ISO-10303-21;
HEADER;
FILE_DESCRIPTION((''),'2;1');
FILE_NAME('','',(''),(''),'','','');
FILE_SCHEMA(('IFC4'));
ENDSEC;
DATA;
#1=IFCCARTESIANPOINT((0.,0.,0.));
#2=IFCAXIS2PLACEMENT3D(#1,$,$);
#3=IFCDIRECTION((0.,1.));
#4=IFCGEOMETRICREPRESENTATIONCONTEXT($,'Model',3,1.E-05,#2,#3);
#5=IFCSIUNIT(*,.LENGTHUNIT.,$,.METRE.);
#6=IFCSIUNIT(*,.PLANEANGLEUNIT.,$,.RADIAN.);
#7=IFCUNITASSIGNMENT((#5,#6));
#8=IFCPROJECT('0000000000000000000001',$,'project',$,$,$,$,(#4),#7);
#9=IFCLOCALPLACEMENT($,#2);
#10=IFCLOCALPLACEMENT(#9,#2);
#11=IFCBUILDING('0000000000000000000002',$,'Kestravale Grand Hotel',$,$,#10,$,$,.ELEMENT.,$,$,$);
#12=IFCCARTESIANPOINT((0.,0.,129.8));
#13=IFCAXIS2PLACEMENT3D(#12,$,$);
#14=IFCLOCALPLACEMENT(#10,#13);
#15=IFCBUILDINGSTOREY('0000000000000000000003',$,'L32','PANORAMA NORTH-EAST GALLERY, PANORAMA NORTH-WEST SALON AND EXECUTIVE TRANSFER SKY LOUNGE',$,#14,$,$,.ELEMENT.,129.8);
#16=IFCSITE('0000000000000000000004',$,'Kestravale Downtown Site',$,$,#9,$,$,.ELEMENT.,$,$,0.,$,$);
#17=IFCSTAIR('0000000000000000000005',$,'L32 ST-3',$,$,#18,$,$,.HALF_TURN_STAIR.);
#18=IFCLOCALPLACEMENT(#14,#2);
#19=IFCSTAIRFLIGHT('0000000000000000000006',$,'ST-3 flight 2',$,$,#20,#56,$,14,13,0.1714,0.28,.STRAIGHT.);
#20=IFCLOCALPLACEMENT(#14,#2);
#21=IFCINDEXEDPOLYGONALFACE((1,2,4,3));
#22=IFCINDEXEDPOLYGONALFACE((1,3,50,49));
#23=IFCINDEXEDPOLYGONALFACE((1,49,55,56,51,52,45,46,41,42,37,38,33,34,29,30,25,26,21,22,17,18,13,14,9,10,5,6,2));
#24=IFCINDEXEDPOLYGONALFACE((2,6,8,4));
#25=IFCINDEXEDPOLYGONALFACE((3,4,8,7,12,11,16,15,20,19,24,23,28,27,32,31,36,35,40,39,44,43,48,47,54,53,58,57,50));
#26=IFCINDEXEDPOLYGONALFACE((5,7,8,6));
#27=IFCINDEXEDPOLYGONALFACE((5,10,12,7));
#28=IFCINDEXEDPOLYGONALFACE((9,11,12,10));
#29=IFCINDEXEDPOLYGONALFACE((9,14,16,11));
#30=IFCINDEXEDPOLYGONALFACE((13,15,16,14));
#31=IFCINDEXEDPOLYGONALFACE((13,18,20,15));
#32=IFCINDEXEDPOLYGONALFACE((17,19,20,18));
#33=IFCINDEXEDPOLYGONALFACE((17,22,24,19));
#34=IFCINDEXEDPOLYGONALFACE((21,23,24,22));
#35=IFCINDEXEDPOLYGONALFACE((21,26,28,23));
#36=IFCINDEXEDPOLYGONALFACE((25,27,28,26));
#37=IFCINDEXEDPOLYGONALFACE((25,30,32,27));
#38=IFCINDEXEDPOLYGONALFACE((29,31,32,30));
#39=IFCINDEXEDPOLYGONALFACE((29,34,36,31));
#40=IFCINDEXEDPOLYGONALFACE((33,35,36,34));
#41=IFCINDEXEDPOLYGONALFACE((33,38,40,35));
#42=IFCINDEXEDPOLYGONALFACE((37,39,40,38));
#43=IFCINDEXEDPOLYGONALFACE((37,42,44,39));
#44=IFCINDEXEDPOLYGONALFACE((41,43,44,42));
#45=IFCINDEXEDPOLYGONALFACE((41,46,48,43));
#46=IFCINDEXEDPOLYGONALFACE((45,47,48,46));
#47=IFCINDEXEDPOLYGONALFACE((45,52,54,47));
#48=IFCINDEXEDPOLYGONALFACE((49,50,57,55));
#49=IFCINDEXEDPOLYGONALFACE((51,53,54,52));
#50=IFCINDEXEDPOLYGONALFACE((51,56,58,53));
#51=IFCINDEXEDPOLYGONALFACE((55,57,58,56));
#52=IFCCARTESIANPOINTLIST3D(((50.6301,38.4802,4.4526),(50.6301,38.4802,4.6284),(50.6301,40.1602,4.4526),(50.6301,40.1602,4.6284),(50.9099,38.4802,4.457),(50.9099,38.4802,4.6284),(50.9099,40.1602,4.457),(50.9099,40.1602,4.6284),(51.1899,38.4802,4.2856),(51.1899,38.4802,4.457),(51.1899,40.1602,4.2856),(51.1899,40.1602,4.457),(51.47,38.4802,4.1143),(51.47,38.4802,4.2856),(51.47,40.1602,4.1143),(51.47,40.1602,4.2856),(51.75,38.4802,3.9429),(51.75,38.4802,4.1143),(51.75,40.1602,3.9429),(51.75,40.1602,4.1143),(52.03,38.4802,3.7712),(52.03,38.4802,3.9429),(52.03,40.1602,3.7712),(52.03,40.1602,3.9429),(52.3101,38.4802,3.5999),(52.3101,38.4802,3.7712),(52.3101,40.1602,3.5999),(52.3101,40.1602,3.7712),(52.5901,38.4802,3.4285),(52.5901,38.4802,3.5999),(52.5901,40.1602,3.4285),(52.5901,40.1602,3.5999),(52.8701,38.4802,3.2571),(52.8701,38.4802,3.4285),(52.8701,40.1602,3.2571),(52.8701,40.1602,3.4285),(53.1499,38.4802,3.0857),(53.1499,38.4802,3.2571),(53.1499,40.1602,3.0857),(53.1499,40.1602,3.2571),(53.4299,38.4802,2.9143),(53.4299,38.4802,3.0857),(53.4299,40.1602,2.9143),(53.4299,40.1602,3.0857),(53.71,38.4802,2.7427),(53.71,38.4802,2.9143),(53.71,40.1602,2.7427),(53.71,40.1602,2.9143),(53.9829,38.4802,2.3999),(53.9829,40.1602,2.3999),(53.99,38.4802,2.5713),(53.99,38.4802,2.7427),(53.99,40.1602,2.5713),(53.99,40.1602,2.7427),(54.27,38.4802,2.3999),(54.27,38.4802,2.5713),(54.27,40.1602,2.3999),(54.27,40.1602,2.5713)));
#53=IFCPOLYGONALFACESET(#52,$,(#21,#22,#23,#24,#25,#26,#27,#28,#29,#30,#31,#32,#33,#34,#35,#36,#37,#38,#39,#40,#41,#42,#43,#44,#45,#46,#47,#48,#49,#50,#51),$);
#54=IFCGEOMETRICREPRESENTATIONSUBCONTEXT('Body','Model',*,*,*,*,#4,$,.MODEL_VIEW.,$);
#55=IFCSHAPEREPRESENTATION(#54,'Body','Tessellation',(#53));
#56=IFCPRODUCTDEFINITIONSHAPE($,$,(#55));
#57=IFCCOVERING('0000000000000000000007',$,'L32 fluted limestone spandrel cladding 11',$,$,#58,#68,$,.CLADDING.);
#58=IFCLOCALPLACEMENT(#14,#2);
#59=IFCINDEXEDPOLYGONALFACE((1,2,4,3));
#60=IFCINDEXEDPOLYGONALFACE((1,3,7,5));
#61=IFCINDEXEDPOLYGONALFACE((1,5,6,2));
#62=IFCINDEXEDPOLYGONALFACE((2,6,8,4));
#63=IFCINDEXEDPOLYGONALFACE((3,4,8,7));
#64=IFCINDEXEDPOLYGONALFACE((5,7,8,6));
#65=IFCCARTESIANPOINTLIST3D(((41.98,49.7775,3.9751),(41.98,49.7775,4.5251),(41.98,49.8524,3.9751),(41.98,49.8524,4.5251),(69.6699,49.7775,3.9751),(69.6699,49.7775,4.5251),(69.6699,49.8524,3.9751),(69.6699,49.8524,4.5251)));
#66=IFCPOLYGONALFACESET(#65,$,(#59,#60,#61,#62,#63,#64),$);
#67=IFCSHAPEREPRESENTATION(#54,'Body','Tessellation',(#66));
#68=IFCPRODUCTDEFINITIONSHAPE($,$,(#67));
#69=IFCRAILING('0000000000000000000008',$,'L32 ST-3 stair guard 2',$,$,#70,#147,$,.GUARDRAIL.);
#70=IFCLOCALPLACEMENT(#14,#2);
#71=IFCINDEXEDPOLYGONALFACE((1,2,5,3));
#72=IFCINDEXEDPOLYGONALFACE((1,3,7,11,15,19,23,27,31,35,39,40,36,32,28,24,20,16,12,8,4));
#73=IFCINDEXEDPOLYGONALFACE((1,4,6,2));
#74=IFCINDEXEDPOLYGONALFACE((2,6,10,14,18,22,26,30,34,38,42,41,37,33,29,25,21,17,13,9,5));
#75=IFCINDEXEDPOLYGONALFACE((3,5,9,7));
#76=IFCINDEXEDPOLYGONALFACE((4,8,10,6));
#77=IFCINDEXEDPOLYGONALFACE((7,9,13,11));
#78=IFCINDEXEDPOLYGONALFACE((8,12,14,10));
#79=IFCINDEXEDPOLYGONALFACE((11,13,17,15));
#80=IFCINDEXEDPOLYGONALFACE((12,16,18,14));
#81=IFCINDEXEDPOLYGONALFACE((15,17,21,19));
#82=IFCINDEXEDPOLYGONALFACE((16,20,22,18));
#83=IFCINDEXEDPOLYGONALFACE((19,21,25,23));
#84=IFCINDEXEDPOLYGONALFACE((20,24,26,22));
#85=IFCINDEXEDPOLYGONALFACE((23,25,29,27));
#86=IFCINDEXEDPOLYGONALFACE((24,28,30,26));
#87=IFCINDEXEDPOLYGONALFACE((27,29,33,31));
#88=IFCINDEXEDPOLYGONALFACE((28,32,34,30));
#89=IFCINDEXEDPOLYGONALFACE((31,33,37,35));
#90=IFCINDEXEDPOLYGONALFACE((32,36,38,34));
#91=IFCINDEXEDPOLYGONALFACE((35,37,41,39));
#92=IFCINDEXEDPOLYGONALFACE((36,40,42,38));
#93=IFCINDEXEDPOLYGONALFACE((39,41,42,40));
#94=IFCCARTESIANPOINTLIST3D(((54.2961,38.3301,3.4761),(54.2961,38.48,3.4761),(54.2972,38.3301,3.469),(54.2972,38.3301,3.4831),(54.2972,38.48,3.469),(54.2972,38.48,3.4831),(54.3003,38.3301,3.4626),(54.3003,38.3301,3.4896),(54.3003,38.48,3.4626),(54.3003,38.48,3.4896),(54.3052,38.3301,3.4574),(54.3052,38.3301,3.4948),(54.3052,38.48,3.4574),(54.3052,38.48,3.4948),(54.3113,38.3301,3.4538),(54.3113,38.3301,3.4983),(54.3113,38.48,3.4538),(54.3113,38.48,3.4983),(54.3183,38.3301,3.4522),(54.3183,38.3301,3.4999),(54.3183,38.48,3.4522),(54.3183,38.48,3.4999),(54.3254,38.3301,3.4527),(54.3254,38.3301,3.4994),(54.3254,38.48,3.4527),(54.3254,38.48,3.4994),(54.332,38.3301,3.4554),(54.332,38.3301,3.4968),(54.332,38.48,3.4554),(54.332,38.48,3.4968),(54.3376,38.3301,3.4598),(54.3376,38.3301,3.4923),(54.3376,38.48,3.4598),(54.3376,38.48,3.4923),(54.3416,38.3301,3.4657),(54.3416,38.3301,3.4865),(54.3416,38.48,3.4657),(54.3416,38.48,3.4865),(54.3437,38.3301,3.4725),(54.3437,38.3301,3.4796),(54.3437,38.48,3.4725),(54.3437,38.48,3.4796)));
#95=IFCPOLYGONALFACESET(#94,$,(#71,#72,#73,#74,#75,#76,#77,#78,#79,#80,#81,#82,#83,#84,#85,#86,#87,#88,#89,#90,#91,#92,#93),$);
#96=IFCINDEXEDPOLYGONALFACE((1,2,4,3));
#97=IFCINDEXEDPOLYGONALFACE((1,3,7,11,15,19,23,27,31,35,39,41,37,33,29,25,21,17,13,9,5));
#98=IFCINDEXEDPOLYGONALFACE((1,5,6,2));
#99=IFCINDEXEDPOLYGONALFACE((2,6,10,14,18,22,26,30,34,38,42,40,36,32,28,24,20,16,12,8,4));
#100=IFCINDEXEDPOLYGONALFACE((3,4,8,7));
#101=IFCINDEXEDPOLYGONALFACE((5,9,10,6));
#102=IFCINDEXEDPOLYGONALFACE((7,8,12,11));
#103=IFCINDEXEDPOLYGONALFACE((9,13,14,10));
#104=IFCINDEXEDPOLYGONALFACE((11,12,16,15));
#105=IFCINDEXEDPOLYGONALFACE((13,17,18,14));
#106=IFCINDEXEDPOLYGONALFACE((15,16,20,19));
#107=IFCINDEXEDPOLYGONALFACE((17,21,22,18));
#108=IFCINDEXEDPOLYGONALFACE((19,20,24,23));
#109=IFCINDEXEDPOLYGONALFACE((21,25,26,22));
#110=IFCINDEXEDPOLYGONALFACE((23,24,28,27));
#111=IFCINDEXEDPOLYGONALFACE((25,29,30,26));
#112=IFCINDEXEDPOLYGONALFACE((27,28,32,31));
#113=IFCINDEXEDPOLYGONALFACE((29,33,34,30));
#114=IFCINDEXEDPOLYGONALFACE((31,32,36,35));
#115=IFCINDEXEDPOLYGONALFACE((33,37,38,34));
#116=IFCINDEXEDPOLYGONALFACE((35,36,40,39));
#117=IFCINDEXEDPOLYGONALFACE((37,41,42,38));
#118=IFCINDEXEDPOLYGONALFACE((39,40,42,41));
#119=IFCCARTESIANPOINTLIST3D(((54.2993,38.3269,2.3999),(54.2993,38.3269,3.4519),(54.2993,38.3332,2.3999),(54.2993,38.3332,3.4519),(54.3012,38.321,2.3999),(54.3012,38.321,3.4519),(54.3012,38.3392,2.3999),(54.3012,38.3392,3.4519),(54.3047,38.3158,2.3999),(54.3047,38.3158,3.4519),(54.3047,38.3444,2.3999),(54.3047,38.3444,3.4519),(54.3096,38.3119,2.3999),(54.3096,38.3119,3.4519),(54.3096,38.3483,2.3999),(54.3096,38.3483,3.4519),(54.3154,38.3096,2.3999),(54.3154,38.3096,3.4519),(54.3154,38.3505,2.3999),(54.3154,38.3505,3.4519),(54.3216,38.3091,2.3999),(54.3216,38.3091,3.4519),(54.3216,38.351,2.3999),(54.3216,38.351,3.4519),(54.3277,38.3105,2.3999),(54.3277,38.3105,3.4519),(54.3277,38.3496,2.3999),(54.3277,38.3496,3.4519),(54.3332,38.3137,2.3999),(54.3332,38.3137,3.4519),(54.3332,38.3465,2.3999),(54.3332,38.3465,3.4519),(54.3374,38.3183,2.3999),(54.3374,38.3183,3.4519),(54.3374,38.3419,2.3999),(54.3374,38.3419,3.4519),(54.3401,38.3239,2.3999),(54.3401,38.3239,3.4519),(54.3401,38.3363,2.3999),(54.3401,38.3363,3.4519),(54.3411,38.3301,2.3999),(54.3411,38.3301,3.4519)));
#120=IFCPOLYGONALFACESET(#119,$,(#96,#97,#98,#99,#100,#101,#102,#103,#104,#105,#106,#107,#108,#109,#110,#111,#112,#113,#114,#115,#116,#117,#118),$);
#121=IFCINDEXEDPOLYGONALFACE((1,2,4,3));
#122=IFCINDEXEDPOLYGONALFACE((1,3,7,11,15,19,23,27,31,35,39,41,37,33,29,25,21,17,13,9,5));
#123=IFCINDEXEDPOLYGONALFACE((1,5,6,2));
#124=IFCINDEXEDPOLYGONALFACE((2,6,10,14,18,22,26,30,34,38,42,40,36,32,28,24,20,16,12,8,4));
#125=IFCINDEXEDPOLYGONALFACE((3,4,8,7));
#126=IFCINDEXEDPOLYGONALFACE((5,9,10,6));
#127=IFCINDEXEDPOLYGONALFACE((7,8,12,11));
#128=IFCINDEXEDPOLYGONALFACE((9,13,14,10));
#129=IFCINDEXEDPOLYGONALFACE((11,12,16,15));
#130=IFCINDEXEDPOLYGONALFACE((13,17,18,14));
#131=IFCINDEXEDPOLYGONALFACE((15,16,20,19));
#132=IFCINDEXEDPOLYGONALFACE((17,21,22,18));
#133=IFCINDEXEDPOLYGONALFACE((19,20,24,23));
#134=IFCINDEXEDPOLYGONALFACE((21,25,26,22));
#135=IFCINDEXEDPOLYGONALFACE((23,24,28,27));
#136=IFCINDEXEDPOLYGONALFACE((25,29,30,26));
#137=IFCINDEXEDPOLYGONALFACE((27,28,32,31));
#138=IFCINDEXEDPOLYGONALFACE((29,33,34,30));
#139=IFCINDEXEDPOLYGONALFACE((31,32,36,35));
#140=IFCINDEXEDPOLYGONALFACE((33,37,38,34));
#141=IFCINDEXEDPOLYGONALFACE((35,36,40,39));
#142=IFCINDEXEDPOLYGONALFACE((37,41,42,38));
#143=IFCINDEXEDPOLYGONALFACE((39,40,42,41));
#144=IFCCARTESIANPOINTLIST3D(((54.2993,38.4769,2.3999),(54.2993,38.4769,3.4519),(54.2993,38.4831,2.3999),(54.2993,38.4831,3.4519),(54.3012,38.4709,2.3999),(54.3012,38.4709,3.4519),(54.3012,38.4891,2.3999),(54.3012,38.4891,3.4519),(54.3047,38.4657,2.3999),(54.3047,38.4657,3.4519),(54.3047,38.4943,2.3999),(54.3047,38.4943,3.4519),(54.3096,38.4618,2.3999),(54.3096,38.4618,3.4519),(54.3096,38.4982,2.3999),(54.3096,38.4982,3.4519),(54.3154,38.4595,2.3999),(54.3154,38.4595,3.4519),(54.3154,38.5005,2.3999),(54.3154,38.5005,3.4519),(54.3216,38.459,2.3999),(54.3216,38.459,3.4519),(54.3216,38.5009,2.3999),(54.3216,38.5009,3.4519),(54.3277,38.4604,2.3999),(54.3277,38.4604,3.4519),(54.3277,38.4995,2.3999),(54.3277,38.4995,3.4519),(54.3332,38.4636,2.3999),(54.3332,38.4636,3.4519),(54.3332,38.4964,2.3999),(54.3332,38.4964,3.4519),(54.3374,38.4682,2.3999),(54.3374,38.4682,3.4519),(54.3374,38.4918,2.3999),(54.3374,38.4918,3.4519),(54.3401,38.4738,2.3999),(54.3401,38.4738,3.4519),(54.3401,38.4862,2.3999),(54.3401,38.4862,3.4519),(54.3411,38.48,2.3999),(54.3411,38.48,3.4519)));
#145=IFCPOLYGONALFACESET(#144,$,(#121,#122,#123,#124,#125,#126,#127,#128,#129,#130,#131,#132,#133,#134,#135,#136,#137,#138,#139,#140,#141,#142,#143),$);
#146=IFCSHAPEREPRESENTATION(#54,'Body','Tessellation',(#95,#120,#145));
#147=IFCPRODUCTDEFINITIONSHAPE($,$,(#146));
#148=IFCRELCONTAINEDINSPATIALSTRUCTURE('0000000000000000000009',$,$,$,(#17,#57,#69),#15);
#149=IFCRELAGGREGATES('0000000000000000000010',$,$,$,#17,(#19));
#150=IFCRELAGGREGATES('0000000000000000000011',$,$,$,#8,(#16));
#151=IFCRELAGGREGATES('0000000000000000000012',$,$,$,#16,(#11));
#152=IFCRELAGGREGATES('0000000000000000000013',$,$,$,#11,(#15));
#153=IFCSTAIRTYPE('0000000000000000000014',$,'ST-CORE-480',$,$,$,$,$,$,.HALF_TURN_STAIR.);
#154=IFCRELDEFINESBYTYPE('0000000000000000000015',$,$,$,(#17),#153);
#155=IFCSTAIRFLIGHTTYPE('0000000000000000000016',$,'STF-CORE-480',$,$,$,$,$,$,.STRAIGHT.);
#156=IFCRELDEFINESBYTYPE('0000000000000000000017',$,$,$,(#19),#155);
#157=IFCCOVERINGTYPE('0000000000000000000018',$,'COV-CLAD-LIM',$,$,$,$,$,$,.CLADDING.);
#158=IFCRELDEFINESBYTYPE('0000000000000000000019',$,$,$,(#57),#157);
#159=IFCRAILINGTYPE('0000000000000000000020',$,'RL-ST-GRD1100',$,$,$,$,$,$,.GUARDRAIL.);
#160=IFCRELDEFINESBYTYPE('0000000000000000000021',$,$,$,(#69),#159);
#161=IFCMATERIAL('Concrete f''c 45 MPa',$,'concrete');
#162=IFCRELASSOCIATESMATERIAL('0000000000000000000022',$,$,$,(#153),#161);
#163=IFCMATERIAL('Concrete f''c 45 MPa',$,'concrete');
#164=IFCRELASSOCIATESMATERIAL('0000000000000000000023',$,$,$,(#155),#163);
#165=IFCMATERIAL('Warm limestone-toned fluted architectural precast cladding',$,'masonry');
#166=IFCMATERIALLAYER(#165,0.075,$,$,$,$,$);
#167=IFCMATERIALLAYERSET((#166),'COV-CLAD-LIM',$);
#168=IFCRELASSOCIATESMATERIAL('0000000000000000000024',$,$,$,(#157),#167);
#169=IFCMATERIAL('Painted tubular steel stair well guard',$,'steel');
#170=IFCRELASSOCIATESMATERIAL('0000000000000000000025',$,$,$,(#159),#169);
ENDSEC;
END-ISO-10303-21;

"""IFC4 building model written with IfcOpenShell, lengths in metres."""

from ifc_helpers import new_model, si_unit, direction, frame, origin, origin_2d, place, context, subcontext, project, spatial, polyline, rectangle, circle, outline, extrude, material, layer, layer_set, type_object, element, aggregate, save


model = new_model("IFC4")

# Units and contexts
model_context = context("Model", 3, precision=1e-05, world=origin(), true_north=direction((0.0, 1.0)))
body_context = subcontext(model_context, "Body", "Model", "MODEL_VIEW")
ifc_project = project(units=[si_unit("LENGTHUNIT", "METRE"), si_unit("PLANEANGLEUNIT", "RADIAN")], contexts=[model_context])

# Site, building, storey
site_placement = place(None, origin())
site = spatial("IfcSite", under=ifc_project, at=site_placement, Name="Kestravale Downtown Site", CompositionType="ELEMENT", RefElevation=0.0)
building_placement = place(site_placement, origin())
building = spatial("IfcBuilding", under=site, at=building_placement, Name="Kestravale Grand Hotel", CompositionType="ELEMENT")
storey_placement = place(building_placement, frame((0.0, 0.0, 129.8)))
storey = spatial("IfcBuildingStorey", under=building, at=storey_placement, Name="L32", Description="PANORAMA NORTH-EAST GALLERY, PANORAMA NORTH-WEST SALON AND EXECUTIVE TRANSFER SKY LOUNGE", CompositionType="ELEMENT", Elevation=129.8)

# Stair, stair flight
ifc_material_1 = material(Name="Concrete f'c 45 MPa", Category="concrete")
stair_type = type_object("IfcStairType", Name="ST-CORE-480", PredefinedType="HALF_TURN_STAIR", material=ifc_material_1)
stair_placement = place(storey_placement, origin())
stair = element("IfcStair", 1, at=stair_placement, inside=storey, type_object=stair_type, Name="L32 ST-3", PredefinedType="HALF_TURN_STAIR")
ifc_material_2 = material(Name="Concrete f'c 45 MPa", Category="concrete")
stair_flight_type = type_object("IfcStairFlightType", Name="STF-CORE-480", PredefinedType="STRAIGHT", material=ifc_material_2)
stair_flight_placement = place(storey_placement, frame((54.27, 39.3201, 2.3999), z_axis=(0.0, 0.0, 1.0), x_axis=(-1.0, 0.0, 0.0)))
stair_flight = element("IfcStairFlight", 2, at=stair_flight_placement, type_object=stair_flight_type, Name="ST-3 flight 2", NumberOfRisers=14, NumberOfTreads=13, PredefinedType="STRAIGHT", RiserHeight=0.1714, TreadLength=0.28, context=body_context, shape_type="SweptSolid", body=[
    extrude(outline(polyline([(0.0, 0.0), (0.0, 0.1714), (0.28, 0.1714), (0.28, 0.3428), (0.5601, 0.3428), (0.5601, 0.5144), (0.8401, 0.5144), (0.8401, 0.6858), (1.1201, 0.6858), (1.1201, 0.8572), (1.3999, 0.8572), (1.3999, 1.0286), (1.6799, 1.0286), (1.6799, 1.2), (1.96, 1.2), (1.96, 1.3713), (2.24, 1.3713), (2.24, 1.543), (2.52, 1.543), (2.52, 1.7144), (2.8, 1.7144), (2.8, 1.8857), (3.0801, 1.8857), (3.0801, 2.0571), (3.3601, 2.0571), (3.3601, 2.2285), (3.6399, 2.2285), (3.6399, 2.3999), (3.6399, 2.0527), (0.2871, 0.0), (0.0, 0.0)])), frame((0.0, 0.8398, 0.0), z_axis=(0.0, -1.0, 0.0), x_axis=(1.0, 0.0, 0.0)), (0.0, 0.0, 1.0), 1.6799),
])
aggregate(stair, [stair_flight])

# Covering
ifc_material_3 = material(Name="Warm limestone-toned fluted architectural precast cladding", Category="masonry")
ifc_layer_1 = layer(ifc_material_3, 0.075)
ifc_layer_set_1 = layer_set([ifc_layer_1], Name="COV-CLAD-LIM")
covering_type = type_object("IfcCoveringType", Name="COV-CLAD-LIM", PredefinedType="CLADDING", material=ifc_layer_set_1)
covering_placement = place(storey_placement, frame((55.825, 49.8149, 3.9751), z_axis=(0.0, 0.0, 1.0), x_axis=(-1.0, 0.0, 0.0)))
element("IfcCovering", 3, at=covering_placement, inside=storey, type_object=covering_type, Name="L32 fluted limestone spandrel cladding 11", PredefinedType="CLADDING", context=body_context, shape_type="SweptSolid", body=[
    extrude(rectangle(XDim=27.6899, YDim=0.075, at=origin_2d()), origin(), (0.0, 0.0, 1.0), 0.55),
])

# Railing
ifc_material_4 = material(Name="Painted tubular steel stair well guard", Category="steel")
railing_type_1 = type_object("IfcRailingType", Name="RL-ST-GRD1100", PredefinedType="GUARDRAIL", material=ifc_material_4)
railing_1_placement = place(storey_placement, frame((54.3201, 38.3301, 2.3999)))
element("IfcRailing", 4, at=railing_1_placement, inside=storey, type_object=railing_type_1, Name="L32 ST-3 stair guard 2", PredefinedType="GUARDRAIL", context=body_context, shape_type="SweptSolid", body=[
    extrude(circle(Radius=0.0239, at=origin_2d()), frame((0.0, 0.0, 1.0762), z_axis=(0.0, 1.0, 0.0), x_axis=(-1.0, 0.0, 0.0)), (0.0, 0.0, 1.0), 0.1499),
    extrude(circle(Radius=0.021, at=origin_2d()), origin(), (0.0, 0.0, 1.0), 1.052),
    extrude(circle(Radius=0.021, at=origin_2d()), frame((0.0, 0.1499, 0.0)), (0.0, 0.0, 1.0), 1.052),
])

save(model, "model.ifc")
